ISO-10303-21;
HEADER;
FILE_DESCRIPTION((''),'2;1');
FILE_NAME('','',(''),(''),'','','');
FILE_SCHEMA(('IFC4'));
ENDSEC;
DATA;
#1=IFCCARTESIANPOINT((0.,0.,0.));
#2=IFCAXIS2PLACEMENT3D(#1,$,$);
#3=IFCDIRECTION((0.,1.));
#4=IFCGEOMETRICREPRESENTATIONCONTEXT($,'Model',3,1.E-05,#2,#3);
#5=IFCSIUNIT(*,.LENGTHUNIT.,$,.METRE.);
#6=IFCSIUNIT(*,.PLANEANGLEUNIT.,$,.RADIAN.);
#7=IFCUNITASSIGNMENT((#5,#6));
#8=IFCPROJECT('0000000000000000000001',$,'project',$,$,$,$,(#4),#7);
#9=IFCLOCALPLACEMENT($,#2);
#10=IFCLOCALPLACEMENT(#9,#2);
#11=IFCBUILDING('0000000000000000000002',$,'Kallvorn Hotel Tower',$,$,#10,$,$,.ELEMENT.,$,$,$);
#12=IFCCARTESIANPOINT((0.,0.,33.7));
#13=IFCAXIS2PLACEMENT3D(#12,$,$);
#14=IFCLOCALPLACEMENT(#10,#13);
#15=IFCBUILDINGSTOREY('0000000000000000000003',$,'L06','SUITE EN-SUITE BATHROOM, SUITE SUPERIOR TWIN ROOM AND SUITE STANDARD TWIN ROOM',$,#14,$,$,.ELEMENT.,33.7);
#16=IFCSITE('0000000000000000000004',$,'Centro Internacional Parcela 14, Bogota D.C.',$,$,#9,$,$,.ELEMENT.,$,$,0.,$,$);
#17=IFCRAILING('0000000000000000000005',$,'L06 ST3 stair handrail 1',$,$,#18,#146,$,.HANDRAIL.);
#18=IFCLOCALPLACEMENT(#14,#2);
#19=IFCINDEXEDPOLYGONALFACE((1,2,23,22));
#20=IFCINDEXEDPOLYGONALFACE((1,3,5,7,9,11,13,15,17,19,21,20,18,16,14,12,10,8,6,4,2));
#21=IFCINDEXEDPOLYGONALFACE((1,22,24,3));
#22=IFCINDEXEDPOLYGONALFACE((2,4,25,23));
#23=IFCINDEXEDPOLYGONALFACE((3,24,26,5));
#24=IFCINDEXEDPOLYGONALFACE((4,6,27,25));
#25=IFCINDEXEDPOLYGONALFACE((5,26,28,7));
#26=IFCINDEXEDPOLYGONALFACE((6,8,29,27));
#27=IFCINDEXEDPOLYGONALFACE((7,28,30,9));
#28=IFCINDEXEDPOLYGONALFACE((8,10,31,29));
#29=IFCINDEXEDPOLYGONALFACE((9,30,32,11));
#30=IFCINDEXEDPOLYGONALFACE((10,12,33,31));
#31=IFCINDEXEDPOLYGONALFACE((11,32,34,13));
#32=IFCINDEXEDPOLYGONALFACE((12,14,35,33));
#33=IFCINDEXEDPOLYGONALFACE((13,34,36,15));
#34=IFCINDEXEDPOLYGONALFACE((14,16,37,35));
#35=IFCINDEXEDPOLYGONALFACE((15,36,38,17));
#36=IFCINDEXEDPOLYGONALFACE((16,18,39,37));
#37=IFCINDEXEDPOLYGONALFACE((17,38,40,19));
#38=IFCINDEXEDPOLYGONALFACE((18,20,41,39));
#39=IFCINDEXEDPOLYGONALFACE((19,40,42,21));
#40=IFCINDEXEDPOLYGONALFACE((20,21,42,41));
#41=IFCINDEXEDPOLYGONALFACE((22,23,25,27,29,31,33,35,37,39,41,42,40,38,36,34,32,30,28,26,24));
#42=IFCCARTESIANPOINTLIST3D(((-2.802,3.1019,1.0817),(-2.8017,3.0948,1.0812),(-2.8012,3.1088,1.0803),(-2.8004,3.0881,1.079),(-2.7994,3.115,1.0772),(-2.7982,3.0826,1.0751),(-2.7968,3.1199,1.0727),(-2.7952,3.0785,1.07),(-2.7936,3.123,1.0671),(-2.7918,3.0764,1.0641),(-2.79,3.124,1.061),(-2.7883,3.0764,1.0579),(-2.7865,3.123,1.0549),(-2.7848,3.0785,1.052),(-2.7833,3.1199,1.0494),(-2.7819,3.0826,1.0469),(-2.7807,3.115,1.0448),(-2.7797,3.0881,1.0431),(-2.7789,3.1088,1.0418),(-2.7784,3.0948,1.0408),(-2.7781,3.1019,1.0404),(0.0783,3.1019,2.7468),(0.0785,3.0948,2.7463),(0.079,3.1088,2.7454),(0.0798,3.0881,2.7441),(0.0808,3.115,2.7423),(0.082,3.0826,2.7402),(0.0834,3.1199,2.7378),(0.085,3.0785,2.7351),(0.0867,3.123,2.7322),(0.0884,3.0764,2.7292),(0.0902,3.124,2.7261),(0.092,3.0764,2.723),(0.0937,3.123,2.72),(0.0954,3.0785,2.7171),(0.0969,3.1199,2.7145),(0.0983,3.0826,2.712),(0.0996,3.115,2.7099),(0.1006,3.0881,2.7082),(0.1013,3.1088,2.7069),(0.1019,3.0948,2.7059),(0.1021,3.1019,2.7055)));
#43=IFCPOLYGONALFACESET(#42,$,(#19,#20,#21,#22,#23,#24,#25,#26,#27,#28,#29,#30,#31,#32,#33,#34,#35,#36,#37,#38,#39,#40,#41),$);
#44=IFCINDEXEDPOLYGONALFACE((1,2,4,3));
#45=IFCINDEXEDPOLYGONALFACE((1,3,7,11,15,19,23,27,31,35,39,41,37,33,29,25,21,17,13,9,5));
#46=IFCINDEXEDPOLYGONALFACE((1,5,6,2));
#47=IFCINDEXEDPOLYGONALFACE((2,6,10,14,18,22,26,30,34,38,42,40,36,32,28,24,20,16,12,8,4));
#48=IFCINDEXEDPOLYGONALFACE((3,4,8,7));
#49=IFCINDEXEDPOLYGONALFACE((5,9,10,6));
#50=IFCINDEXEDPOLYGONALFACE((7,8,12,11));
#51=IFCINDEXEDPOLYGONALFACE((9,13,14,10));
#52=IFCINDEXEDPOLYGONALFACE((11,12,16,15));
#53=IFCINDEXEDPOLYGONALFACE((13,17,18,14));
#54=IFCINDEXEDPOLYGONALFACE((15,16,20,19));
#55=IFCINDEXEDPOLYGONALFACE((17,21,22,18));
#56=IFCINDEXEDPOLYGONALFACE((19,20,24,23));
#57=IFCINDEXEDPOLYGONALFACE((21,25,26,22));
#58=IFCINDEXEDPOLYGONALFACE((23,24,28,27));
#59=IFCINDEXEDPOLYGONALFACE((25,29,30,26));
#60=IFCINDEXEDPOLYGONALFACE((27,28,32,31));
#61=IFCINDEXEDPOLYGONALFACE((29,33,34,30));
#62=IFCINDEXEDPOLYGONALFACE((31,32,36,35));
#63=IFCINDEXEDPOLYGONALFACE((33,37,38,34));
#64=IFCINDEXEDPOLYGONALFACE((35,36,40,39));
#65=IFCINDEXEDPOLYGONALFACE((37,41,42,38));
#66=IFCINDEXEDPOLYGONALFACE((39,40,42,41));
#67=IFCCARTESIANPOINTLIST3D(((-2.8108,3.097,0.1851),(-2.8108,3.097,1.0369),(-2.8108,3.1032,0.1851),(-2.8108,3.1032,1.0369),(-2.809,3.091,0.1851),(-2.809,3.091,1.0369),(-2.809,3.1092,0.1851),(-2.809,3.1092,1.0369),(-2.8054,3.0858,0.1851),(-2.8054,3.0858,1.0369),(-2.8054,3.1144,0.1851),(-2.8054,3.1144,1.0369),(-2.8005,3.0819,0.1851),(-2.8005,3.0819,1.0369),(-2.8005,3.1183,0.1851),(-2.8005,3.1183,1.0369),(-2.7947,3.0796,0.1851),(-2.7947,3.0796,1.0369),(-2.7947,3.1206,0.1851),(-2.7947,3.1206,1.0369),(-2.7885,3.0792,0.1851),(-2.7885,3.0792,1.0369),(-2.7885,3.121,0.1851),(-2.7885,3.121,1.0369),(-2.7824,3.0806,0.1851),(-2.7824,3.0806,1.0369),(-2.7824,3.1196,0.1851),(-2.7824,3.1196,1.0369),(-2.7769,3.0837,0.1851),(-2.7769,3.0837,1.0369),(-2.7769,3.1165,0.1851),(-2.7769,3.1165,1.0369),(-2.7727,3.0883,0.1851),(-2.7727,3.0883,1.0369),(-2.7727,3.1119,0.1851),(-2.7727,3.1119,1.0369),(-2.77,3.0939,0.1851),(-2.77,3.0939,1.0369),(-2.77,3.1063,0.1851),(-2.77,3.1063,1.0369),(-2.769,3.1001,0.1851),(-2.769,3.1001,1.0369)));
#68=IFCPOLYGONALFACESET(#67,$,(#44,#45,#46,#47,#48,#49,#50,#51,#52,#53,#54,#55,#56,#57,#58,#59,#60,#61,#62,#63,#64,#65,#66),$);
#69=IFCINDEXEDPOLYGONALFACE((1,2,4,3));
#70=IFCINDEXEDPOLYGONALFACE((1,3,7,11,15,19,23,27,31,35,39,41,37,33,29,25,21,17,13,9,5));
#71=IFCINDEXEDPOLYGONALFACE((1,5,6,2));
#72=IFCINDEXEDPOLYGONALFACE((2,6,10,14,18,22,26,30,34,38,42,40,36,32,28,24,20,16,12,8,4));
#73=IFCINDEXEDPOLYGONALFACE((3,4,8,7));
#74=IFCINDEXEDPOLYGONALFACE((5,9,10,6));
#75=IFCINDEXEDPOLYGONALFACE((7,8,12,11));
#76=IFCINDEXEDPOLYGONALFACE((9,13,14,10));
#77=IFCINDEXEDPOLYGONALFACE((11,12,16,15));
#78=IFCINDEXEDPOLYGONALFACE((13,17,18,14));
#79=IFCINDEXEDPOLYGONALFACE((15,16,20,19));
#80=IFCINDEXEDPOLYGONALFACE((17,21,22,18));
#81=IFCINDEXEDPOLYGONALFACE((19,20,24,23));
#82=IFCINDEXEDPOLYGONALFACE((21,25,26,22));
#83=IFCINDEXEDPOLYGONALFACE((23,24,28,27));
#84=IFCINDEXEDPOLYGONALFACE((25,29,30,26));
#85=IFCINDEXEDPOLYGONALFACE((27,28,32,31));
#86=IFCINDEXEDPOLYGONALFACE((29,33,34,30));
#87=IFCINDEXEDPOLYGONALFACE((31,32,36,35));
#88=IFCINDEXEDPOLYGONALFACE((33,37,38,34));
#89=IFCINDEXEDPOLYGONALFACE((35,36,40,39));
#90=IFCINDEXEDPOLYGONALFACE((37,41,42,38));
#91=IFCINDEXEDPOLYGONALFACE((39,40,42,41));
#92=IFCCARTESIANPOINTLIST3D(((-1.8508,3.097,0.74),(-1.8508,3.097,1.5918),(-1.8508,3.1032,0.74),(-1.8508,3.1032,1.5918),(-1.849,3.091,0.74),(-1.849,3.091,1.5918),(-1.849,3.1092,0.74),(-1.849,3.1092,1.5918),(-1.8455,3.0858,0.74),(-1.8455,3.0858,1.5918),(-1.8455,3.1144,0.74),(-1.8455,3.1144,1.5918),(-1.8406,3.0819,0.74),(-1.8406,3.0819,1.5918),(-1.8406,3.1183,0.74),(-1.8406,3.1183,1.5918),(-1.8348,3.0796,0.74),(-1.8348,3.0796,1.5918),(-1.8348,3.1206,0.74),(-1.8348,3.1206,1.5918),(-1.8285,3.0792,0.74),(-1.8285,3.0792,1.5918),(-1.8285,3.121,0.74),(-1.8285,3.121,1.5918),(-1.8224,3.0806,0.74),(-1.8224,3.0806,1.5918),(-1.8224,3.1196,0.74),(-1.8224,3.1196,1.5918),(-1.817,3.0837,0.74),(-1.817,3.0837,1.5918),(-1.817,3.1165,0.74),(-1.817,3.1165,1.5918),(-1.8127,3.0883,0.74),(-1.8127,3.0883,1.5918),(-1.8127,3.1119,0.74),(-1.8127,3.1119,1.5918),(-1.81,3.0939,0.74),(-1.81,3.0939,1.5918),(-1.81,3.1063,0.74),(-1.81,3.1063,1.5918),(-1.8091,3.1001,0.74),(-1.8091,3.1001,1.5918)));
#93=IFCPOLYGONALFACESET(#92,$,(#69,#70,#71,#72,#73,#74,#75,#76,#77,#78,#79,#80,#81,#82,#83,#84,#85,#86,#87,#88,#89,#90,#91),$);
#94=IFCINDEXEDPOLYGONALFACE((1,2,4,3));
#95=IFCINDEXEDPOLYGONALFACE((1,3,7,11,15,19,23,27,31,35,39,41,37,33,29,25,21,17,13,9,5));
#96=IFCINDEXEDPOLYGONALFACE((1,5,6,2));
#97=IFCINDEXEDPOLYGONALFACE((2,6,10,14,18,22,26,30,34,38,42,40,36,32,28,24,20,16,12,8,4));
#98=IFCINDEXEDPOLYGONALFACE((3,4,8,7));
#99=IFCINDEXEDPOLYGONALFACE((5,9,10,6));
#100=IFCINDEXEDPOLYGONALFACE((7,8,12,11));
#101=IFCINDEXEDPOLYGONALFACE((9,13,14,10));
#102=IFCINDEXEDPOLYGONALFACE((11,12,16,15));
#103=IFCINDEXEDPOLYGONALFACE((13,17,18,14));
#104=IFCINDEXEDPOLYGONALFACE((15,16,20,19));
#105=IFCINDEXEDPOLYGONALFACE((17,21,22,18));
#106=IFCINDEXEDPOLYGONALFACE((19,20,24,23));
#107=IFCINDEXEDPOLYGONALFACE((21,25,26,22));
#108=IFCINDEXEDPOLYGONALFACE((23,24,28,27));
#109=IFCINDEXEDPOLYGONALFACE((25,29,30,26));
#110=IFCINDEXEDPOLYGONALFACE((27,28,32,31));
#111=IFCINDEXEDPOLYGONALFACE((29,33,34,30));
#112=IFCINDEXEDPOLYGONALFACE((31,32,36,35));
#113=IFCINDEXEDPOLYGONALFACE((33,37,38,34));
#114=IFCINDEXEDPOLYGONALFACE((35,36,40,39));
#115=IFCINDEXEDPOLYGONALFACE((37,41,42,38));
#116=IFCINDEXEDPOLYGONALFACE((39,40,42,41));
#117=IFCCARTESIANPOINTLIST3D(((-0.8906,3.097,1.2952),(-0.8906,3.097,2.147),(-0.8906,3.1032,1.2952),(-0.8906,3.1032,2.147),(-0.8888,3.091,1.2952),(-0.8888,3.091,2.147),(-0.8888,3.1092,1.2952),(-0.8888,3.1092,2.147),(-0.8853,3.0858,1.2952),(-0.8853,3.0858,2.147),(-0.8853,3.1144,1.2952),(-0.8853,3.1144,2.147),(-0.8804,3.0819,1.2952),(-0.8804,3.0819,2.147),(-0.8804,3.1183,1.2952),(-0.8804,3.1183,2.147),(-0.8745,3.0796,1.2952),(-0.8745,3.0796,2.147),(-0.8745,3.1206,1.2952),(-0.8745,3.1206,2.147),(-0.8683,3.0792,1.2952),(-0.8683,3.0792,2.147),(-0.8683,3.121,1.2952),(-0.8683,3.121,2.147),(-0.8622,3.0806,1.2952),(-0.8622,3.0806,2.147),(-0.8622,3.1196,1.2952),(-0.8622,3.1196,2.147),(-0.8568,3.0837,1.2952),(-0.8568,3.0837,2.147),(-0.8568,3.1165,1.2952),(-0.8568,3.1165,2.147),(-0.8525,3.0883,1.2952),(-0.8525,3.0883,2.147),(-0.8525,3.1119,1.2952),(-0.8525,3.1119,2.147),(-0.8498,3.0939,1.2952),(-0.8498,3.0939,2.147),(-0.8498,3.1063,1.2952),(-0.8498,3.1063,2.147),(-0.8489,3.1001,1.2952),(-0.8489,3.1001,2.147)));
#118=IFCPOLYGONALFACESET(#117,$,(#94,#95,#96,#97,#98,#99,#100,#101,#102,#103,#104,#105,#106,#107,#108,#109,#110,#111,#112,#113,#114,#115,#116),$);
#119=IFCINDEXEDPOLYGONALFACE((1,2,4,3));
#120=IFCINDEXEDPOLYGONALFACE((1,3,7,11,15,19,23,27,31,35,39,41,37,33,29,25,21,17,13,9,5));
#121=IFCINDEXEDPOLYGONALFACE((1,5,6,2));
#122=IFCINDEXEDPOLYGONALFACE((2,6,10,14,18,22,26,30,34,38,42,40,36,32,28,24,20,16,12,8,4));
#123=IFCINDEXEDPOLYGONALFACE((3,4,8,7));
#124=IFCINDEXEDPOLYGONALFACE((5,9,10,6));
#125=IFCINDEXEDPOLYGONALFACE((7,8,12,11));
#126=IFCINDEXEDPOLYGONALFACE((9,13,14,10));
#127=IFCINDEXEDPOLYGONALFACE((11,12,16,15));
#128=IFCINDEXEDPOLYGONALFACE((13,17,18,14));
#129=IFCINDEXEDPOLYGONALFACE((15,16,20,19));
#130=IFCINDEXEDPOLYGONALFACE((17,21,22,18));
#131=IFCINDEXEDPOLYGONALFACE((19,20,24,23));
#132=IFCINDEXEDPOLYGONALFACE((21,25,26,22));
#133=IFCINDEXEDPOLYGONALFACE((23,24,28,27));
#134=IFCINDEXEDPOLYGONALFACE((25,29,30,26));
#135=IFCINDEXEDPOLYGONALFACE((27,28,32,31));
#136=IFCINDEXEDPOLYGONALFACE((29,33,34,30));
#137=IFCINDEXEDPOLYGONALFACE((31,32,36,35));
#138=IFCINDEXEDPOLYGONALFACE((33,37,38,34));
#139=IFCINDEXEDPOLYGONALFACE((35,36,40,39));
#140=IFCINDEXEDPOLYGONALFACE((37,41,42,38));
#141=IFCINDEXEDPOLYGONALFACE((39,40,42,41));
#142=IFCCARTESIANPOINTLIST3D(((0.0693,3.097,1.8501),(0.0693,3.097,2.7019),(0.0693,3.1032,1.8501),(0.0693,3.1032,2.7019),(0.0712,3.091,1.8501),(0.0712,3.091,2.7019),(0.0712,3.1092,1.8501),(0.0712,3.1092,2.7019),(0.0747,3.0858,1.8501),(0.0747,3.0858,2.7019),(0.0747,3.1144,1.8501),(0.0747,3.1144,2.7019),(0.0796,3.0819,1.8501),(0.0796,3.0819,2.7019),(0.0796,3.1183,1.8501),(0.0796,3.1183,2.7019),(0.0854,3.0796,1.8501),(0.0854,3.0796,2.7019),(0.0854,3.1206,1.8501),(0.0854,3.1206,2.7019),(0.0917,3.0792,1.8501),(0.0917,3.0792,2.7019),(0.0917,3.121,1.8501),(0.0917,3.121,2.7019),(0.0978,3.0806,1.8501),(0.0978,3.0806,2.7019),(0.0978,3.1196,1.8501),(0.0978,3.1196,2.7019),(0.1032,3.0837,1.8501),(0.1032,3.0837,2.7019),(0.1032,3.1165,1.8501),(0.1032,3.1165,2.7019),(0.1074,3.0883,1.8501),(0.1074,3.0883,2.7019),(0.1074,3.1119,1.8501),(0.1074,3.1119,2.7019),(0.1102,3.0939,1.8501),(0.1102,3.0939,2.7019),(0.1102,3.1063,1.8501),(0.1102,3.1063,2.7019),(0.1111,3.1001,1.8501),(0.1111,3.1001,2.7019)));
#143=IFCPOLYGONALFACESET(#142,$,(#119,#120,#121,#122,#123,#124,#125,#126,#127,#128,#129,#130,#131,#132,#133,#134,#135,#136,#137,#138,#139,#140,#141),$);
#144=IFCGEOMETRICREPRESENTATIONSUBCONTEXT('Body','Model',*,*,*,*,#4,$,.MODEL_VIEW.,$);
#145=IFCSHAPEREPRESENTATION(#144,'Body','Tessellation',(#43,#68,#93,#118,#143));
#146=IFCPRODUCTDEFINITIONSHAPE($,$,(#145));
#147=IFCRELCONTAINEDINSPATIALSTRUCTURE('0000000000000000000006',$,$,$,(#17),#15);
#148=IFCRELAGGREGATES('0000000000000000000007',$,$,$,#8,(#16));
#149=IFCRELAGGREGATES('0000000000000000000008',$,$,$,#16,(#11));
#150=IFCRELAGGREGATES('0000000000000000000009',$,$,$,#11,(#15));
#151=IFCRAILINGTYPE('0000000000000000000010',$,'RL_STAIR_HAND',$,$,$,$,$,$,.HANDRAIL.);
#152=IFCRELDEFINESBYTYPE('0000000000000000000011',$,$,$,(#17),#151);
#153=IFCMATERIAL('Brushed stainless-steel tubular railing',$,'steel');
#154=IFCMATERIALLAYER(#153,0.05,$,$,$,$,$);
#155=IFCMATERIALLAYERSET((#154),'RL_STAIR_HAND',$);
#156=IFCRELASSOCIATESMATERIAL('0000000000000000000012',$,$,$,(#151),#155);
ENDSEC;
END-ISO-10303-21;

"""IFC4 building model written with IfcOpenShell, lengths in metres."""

from ifc_helpers import new_model, si_unit, direction, frame, origin, origin_2d, place, context, subcontext, project, spatial, circle, extrude, material, layer, layer_set, type_object, element, save


model = new_model("IFC4")

# Units and contexts
model_context = context("Model", 3, precision=1e-05, world=origin(), true_north=direction((0.0, 1.0)))
body_context = subcontext(model_context, "Body", "Model", "MODEL_VIEW")
ifc_project = project(units=[si_unit("LENGTHUNIT", "METRE"), si_unit("PLANEANGLEUNIT", "RADIAN")], contexts=[model_context])

# Site, building, storey
site_placement = place(None, origin())
site = spatial("IfcSite", under=ifc_project, at=site_placement, Name="Centro Internacional Parcela 14, Bogota D.C.", CompositionType="ELEMENT", RefElevation=0.0)
building_placement = place(site_placement, origin())
building = spatial("IfcBuilding", under=site, at=building_placement, Name="Kallvorn Hotel Tower", CompositionType="ELEMENT")
storey_placement = place(building_placement, frame((0.0, 0.0, 33.7)))
storey = spatial("IfcBuildingStorey", under=building, at=storey_placement, Name="L06", Description="SUITE EN-SUITE BATHROOM, SUITE SUPERIOR TWIN ROOM AND SUITE STANDARD TWIN ROOM", CompositionType="ELEMENT", Elevation=33.7)

# Railing
ifc_material_1 = material(Name="Brushed stainless-steel tubular railing", Category="steel")
ifc_layer_1 = layer(ifc_material_1, 0.05)
ifc_layer_set_1 = layer_set([ifc_layer_1], Name="RL_STAIR_HAND")
railing_type_1 = type_object("IfcRailingType", Name="RL_STAIR_HAND", PredefinedType="HANDRAIL", material=ifc_layer_set_1)
railing_1_placement = place(storey_placement, frame((-2.79, 3.1001, 0.1851)))
element("IfcRailing", 1, at=railing_1_placement, inside=storey, type_object=railing_type_1, Name="L06 ST3 stair handrail 1", PredefinedType="HANDRAIL", context=body_context, shape_type="SweptSolid", body=[
    extrude(circle(Radius=0.0239, at=origin_2d()), frame((0.0, 0.0, 0.876), z_axis=(0.865739, 0.0, 0.500495), x_axis=(0.0, 1.0, 0.0)), (0.0, 0.0, 1.0), 3.3269),
    extrude(circle(Radius=0.021, at=origin_2d()), origin(), (0.0, 0.0, 1.0), 0.8518),
    extrude(circle(Radius=0.021, at=origin_2d()), frame((0.96, 0.0, 0.5549)), (0.0, 0.0, 1.0), 0.8518),
    extrude(circle(Radius=0.021, at=origin_2d()), frame((1.9202, 0.0, 1.1101)), (0.0, 0.0, 1.0), 0.8518),
    extrude(circle(Radius=0.021, at=origin_2d()), frame((2.8801, 0.0, 1.665)), (0.0, 0.0, 1.0), 0.8518),
])

save(model, "model.ifc")
